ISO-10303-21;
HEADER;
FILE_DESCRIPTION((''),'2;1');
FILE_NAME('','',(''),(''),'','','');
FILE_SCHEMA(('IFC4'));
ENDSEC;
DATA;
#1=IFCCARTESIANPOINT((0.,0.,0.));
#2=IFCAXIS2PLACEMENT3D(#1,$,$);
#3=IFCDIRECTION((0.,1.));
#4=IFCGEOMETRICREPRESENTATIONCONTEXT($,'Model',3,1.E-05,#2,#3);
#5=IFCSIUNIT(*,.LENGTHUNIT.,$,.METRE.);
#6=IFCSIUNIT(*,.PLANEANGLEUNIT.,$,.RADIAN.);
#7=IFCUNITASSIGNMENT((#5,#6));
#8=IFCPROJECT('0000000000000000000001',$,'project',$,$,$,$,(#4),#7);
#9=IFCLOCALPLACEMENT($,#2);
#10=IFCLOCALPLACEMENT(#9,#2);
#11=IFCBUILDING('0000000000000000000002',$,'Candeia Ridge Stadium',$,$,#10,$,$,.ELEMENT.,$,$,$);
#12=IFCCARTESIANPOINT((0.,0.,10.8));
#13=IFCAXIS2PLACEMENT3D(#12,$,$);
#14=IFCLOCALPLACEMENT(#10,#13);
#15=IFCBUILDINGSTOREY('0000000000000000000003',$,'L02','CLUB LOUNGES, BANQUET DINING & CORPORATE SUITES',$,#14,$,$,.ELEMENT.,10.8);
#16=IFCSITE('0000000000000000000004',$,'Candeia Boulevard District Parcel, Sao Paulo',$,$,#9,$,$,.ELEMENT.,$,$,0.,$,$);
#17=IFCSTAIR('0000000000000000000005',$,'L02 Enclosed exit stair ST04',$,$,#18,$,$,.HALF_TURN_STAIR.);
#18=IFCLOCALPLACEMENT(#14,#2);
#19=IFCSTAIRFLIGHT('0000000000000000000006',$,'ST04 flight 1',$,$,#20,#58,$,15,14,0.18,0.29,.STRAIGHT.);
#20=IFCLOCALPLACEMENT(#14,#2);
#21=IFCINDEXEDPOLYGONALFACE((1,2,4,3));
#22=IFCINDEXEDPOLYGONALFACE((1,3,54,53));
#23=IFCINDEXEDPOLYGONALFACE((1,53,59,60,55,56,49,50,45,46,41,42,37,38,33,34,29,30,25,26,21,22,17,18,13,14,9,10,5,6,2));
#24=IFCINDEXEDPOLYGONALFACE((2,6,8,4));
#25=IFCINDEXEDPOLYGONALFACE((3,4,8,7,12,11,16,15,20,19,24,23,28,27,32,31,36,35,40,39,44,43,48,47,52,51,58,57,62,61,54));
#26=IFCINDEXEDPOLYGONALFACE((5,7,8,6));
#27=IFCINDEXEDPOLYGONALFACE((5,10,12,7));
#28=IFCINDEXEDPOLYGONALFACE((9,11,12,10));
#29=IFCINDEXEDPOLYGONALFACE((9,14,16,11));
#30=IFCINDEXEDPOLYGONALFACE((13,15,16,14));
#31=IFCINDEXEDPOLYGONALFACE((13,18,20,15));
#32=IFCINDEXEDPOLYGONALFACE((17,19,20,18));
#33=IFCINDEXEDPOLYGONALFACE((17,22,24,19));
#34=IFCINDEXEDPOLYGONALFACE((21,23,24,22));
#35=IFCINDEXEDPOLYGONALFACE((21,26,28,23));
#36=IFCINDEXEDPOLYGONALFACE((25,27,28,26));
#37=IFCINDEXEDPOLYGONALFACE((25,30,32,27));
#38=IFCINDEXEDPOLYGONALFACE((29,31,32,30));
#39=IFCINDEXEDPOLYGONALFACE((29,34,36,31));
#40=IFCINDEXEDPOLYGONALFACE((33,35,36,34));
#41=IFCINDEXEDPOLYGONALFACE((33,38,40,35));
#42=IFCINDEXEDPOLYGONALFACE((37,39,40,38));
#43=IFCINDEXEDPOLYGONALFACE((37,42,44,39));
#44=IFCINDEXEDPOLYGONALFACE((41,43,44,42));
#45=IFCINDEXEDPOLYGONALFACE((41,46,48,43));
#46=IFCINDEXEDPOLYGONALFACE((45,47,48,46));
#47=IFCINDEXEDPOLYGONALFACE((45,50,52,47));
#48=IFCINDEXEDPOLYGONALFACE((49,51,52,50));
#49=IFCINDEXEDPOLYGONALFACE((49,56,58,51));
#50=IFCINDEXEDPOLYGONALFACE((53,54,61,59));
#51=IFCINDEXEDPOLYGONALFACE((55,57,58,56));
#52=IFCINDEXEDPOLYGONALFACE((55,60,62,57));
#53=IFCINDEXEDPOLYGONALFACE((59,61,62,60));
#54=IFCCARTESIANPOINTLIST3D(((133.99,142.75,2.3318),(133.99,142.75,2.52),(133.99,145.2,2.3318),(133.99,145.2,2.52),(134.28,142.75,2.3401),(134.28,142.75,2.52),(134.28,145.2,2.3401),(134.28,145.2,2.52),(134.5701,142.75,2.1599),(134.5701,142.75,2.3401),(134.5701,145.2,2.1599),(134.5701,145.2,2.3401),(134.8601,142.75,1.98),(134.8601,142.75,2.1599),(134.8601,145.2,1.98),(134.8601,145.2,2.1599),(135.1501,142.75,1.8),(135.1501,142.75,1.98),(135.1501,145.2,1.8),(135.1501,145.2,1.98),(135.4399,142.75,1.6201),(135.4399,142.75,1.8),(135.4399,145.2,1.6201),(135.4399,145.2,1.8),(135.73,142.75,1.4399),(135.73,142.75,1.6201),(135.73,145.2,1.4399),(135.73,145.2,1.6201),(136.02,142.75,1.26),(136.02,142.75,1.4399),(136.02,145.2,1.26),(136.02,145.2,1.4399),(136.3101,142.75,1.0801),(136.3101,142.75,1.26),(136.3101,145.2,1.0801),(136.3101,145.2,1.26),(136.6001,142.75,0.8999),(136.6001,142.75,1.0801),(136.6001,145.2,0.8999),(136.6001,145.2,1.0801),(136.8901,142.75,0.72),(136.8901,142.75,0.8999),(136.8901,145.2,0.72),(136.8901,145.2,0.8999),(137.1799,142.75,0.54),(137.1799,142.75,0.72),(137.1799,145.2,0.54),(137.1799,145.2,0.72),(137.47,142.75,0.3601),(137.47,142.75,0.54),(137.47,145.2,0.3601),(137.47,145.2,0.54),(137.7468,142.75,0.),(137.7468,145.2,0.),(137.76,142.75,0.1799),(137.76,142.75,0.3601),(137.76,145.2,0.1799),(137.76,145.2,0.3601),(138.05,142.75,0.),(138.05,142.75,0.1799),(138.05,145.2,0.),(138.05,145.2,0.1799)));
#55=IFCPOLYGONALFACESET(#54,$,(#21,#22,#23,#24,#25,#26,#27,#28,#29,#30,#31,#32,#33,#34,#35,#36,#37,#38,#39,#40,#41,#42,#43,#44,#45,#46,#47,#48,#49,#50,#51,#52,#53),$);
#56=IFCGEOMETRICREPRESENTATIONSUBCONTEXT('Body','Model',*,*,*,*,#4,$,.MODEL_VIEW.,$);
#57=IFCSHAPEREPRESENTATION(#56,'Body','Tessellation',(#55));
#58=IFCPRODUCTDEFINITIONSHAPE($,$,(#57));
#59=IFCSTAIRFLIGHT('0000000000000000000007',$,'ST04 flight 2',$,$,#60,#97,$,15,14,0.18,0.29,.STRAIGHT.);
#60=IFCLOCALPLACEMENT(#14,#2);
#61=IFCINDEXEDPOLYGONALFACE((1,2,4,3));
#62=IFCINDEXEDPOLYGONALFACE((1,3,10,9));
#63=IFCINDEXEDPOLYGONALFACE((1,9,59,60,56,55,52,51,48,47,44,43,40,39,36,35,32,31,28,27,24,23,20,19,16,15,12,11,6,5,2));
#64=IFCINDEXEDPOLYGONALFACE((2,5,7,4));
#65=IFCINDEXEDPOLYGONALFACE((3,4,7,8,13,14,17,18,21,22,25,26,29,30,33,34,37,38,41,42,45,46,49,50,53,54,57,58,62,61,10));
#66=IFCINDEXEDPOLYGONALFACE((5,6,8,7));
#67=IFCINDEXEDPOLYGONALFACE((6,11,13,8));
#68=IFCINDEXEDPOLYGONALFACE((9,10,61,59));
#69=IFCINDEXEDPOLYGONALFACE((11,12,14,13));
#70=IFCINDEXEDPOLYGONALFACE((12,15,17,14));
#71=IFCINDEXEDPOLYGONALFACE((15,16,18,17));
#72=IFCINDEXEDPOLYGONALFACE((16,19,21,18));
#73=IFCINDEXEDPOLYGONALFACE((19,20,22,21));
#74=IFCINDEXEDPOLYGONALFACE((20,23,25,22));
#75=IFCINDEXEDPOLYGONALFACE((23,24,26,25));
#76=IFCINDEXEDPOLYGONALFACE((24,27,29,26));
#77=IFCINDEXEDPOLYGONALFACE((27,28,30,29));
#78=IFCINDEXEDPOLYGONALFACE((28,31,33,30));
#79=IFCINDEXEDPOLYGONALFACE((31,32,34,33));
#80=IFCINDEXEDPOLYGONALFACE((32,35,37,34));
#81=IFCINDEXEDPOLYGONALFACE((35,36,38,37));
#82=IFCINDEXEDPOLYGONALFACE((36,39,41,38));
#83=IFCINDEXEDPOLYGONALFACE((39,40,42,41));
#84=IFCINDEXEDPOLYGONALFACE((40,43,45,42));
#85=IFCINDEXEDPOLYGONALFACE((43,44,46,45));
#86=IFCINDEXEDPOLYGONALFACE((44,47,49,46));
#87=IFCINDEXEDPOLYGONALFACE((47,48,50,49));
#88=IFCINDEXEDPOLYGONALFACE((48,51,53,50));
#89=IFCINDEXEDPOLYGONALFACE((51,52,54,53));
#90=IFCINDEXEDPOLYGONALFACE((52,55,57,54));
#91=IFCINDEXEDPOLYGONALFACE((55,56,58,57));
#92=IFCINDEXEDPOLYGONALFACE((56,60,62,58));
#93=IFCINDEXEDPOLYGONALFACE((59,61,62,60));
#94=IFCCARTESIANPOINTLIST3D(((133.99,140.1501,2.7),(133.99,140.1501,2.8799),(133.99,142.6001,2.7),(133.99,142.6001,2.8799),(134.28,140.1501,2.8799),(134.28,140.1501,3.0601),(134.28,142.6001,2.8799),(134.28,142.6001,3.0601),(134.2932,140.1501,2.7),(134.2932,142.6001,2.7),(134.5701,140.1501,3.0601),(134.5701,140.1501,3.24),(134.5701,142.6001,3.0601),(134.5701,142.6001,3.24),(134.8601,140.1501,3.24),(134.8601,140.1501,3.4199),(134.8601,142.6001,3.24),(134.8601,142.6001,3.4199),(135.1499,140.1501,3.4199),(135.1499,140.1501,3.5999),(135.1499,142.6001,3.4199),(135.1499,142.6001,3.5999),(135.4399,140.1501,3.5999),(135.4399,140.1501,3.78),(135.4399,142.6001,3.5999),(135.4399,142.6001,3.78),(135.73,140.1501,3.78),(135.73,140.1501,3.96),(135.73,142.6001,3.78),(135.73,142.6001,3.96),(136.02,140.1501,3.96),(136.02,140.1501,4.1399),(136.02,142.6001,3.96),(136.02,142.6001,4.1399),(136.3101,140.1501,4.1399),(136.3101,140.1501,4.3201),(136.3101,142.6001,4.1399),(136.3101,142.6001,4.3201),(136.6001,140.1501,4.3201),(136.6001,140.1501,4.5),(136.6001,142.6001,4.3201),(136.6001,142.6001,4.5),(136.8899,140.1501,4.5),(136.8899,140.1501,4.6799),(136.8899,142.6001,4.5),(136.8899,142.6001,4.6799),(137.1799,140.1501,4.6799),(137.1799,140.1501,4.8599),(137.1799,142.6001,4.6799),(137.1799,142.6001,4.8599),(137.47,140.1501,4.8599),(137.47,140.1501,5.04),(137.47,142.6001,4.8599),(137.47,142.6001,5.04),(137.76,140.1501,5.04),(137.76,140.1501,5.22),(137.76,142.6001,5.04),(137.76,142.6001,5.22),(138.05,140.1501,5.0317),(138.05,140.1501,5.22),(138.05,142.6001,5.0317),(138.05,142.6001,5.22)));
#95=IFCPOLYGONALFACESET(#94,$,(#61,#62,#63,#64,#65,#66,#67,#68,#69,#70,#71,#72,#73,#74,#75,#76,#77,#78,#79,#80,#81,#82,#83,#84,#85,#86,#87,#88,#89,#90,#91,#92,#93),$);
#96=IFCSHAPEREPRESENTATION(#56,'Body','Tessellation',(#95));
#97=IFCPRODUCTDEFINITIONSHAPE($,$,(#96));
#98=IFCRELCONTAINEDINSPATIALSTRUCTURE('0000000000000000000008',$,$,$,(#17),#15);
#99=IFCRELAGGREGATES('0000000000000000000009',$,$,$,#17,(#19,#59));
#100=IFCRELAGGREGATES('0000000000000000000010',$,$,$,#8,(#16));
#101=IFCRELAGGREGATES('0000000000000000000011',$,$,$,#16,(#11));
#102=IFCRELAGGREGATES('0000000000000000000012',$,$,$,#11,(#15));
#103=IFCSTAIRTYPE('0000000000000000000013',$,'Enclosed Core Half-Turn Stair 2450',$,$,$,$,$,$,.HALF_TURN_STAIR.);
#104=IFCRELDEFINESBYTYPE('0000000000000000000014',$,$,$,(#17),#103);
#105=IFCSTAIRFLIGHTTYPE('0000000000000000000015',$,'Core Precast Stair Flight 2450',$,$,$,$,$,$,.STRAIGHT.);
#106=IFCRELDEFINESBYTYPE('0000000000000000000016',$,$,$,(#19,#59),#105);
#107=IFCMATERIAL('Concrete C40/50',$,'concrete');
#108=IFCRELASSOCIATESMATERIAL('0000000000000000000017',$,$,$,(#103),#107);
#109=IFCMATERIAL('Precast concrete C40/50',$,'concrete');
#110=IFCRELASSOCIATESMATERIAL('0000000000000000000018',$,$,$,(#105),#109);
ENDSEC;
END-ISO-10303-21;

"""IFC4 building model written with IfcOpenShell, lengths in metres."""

from ifc_helpers import new_model, si_unit, direction, frame, origin, place, context, subcontext, project, spatial, polyline, outline, extrude, material, type_object, element, aggregate, save


model = new_model("IFC4")

# Units and contexts
model_context = context("Model", 3, precision=1e-05, world=origin(), true_north=direction((0.0, 1.0)))
body_context = subcontext(model_context, "Body", "Model", "MODEL_VIEW")
ifc_project = project(units=[si_unit("LENGTHUNIT", "METRE"), si_unit("PLANEANGLEUNIT", "RADIAN")], contexts=[model_context])

# Site, building, storey
site_placement = place(None, origin())
site = spatial("IfcSite", under=ifc_project, at=site_placement, Name="Candeia Boulevard District Parcel, Sao Paulo", CompositionType="ELEMENT", RefElevation=0.0)
building_placement = place(site_placement, origin())
building = spatial("IfcBuilding", under=site, at=building_placement, Name="Candeia Ridge Stadium", CompositionType="ELEMENT")
storey_placement = place(building_placement, frame((0.0, 0.0, 10.8)))
storey = spatial("IfcBuildingStorey", under=building, at=storey_placement, Name="L02", Description="CLUB LOUNGES, BANQUET DINING & CORPORATE SUITES", CompositionType="ELEMENT", Elevation=10.8)

# Shared definitions
ifc_material_1 = material(Name="Concrete C40/50", Category="concrete")

# Stair, stair flights
stair_type = type_object("IfcStairType", Name="Enclosed Core Half-Turn Stair 2450", PredefinedType="HALF_TURN_STAIR", material=ifc_material_1)
stair_placement = place(storey_placement, origin())
stair = element("IfcStair", 1, at=stair_placement, inside=storey, type_object=stair_type, Name="L02 Enclosed exit stair ST04", PredefinedType="HALF_TURN_STAIR")
ifc_material_2 = material(Name="Precast concrete C40/50", Category="concrete")
stair_flight_type = type_object("IfcStairFlightType", Name="Core Precast Stair Flight 2450", PredefinedType="STRAIGHT", material=ifc_material_2)
stair_flight_1_placement = place(storey_placement, frame((138.05, 143.9751, 0.0), z_axis=(0.0, 0.0, 1.0), x_axis=(-1.0, 0.0, 0.0)))
stair_flight_1 = element("IfcStairFlight", 2, at=stair_flight_1_placement, type_object=stair_flight_type, Name="ST04 flight 1", NumberOfRisers=15, NumberOfTreads=14, PredefinedType="STRAIGHT", RiserHeight=0.18, TreadLength=0.29, context=body_context, shape_type="SweptSolid", body=[
    extrude(outline(polyline([(0.0, 0.0), (0.0, 0.1799), (0.29, 0.1799), (0.29, 0.3601), (0.5801, 0.3601), (0.5801, 0.54), (0.8701, 0.54), (0.8701, 0.72), (1.1599, 0.72), (1.1599, 0.8999), (1.45, 0.8999), (1.45, 1.0801), (1.74, 1.0801), (1.74, 1.26), (2.03, 1.26), (2.03, 1.4399), (2.3201, 1.4399), (2.3201, 1.6201), (2.6101, 1.6201), (2.6101, 1.8), (2.8999, 1.8), (2.8999, 1.98), (3.1899, 1.98), (3.1899, 2.1599), (3.48, 2.1599), (3.48, 2.3401), (3.77, 2.3401), (3.77, 2.52), (4.0601, 2.52), (4.0601, 2.7), (4.0601, 2.3318), (0.3032, 0.0), (0.0, 0.0)])), frame((0.0, 1.2251, 0.0), z_axis=(0.0, -1.0, 0.0), x_axis=(1.0, 0.0, 0.0)), (0.0, 0.0, 1.0), 2.45),
])
stair_flight_2_placement = place(storey_placement, frame((133.99, 141.375, 2.7), z_axis=(0.0, 0.0, 1.0), x_axis=(1.0, 0.0, 0.0)))
stair_flight_2 = element("IfcStairFlight", 3, at=stair_flight_2_placement, type_object=stair_flight_type, Name="ST04 flight 2", NumberOfRisers=15, NumberOfTreads=14, PredefinedType="STRAIGHT", RiserHeight=0.18, TreadLength=0.29, context=body_context, shape_type="SweptSolid", body=[
    extrude(outline(polyline([(0.0, 0.0), (0.0, 0.1799), (0.29, 0.1799), (0.29, 0.3601), (0.5801, 0.3601), (0.5801, 0.54), (0.8701, 0.54), (0.8701, 0.72), (1.1599, 0.72), (1.1599, 0.8999), (1.45, 0.8999), (1.45, 1.0801), (1.74, 1.0801), (1.74, 1.26), (2.03, 1.26), (2.03, 1.4399), (2.3201, 1.4399), (2.3201, 1.6201), (2.6101, 1.6201), (2.6101, 1.8), (2.8999, 1.8), (2.8999, 1.98), (3.1899, 1.98), (3.1899, 2.1599), (3.48, 2.1599), (3.48, 2.3401), (3.77, 2.3401), (3.77, 2.52), (4.0601, 2.52), (4.0601, 2.7), (4.0601, 2.3318), (0.3032, 0.0), (0.0, 0.0)])), frame((0.0, 1.2251, 0.0), z_axis=(0.0, -1.0, 0.0), x_axis=(1.0, 0.0, 0.0)), (0.0, 0.0, 1.0), 2.45),
])
aggregate(stair, [stair_flight_1, stair_flight_2])

save(model, "model.ifc")
